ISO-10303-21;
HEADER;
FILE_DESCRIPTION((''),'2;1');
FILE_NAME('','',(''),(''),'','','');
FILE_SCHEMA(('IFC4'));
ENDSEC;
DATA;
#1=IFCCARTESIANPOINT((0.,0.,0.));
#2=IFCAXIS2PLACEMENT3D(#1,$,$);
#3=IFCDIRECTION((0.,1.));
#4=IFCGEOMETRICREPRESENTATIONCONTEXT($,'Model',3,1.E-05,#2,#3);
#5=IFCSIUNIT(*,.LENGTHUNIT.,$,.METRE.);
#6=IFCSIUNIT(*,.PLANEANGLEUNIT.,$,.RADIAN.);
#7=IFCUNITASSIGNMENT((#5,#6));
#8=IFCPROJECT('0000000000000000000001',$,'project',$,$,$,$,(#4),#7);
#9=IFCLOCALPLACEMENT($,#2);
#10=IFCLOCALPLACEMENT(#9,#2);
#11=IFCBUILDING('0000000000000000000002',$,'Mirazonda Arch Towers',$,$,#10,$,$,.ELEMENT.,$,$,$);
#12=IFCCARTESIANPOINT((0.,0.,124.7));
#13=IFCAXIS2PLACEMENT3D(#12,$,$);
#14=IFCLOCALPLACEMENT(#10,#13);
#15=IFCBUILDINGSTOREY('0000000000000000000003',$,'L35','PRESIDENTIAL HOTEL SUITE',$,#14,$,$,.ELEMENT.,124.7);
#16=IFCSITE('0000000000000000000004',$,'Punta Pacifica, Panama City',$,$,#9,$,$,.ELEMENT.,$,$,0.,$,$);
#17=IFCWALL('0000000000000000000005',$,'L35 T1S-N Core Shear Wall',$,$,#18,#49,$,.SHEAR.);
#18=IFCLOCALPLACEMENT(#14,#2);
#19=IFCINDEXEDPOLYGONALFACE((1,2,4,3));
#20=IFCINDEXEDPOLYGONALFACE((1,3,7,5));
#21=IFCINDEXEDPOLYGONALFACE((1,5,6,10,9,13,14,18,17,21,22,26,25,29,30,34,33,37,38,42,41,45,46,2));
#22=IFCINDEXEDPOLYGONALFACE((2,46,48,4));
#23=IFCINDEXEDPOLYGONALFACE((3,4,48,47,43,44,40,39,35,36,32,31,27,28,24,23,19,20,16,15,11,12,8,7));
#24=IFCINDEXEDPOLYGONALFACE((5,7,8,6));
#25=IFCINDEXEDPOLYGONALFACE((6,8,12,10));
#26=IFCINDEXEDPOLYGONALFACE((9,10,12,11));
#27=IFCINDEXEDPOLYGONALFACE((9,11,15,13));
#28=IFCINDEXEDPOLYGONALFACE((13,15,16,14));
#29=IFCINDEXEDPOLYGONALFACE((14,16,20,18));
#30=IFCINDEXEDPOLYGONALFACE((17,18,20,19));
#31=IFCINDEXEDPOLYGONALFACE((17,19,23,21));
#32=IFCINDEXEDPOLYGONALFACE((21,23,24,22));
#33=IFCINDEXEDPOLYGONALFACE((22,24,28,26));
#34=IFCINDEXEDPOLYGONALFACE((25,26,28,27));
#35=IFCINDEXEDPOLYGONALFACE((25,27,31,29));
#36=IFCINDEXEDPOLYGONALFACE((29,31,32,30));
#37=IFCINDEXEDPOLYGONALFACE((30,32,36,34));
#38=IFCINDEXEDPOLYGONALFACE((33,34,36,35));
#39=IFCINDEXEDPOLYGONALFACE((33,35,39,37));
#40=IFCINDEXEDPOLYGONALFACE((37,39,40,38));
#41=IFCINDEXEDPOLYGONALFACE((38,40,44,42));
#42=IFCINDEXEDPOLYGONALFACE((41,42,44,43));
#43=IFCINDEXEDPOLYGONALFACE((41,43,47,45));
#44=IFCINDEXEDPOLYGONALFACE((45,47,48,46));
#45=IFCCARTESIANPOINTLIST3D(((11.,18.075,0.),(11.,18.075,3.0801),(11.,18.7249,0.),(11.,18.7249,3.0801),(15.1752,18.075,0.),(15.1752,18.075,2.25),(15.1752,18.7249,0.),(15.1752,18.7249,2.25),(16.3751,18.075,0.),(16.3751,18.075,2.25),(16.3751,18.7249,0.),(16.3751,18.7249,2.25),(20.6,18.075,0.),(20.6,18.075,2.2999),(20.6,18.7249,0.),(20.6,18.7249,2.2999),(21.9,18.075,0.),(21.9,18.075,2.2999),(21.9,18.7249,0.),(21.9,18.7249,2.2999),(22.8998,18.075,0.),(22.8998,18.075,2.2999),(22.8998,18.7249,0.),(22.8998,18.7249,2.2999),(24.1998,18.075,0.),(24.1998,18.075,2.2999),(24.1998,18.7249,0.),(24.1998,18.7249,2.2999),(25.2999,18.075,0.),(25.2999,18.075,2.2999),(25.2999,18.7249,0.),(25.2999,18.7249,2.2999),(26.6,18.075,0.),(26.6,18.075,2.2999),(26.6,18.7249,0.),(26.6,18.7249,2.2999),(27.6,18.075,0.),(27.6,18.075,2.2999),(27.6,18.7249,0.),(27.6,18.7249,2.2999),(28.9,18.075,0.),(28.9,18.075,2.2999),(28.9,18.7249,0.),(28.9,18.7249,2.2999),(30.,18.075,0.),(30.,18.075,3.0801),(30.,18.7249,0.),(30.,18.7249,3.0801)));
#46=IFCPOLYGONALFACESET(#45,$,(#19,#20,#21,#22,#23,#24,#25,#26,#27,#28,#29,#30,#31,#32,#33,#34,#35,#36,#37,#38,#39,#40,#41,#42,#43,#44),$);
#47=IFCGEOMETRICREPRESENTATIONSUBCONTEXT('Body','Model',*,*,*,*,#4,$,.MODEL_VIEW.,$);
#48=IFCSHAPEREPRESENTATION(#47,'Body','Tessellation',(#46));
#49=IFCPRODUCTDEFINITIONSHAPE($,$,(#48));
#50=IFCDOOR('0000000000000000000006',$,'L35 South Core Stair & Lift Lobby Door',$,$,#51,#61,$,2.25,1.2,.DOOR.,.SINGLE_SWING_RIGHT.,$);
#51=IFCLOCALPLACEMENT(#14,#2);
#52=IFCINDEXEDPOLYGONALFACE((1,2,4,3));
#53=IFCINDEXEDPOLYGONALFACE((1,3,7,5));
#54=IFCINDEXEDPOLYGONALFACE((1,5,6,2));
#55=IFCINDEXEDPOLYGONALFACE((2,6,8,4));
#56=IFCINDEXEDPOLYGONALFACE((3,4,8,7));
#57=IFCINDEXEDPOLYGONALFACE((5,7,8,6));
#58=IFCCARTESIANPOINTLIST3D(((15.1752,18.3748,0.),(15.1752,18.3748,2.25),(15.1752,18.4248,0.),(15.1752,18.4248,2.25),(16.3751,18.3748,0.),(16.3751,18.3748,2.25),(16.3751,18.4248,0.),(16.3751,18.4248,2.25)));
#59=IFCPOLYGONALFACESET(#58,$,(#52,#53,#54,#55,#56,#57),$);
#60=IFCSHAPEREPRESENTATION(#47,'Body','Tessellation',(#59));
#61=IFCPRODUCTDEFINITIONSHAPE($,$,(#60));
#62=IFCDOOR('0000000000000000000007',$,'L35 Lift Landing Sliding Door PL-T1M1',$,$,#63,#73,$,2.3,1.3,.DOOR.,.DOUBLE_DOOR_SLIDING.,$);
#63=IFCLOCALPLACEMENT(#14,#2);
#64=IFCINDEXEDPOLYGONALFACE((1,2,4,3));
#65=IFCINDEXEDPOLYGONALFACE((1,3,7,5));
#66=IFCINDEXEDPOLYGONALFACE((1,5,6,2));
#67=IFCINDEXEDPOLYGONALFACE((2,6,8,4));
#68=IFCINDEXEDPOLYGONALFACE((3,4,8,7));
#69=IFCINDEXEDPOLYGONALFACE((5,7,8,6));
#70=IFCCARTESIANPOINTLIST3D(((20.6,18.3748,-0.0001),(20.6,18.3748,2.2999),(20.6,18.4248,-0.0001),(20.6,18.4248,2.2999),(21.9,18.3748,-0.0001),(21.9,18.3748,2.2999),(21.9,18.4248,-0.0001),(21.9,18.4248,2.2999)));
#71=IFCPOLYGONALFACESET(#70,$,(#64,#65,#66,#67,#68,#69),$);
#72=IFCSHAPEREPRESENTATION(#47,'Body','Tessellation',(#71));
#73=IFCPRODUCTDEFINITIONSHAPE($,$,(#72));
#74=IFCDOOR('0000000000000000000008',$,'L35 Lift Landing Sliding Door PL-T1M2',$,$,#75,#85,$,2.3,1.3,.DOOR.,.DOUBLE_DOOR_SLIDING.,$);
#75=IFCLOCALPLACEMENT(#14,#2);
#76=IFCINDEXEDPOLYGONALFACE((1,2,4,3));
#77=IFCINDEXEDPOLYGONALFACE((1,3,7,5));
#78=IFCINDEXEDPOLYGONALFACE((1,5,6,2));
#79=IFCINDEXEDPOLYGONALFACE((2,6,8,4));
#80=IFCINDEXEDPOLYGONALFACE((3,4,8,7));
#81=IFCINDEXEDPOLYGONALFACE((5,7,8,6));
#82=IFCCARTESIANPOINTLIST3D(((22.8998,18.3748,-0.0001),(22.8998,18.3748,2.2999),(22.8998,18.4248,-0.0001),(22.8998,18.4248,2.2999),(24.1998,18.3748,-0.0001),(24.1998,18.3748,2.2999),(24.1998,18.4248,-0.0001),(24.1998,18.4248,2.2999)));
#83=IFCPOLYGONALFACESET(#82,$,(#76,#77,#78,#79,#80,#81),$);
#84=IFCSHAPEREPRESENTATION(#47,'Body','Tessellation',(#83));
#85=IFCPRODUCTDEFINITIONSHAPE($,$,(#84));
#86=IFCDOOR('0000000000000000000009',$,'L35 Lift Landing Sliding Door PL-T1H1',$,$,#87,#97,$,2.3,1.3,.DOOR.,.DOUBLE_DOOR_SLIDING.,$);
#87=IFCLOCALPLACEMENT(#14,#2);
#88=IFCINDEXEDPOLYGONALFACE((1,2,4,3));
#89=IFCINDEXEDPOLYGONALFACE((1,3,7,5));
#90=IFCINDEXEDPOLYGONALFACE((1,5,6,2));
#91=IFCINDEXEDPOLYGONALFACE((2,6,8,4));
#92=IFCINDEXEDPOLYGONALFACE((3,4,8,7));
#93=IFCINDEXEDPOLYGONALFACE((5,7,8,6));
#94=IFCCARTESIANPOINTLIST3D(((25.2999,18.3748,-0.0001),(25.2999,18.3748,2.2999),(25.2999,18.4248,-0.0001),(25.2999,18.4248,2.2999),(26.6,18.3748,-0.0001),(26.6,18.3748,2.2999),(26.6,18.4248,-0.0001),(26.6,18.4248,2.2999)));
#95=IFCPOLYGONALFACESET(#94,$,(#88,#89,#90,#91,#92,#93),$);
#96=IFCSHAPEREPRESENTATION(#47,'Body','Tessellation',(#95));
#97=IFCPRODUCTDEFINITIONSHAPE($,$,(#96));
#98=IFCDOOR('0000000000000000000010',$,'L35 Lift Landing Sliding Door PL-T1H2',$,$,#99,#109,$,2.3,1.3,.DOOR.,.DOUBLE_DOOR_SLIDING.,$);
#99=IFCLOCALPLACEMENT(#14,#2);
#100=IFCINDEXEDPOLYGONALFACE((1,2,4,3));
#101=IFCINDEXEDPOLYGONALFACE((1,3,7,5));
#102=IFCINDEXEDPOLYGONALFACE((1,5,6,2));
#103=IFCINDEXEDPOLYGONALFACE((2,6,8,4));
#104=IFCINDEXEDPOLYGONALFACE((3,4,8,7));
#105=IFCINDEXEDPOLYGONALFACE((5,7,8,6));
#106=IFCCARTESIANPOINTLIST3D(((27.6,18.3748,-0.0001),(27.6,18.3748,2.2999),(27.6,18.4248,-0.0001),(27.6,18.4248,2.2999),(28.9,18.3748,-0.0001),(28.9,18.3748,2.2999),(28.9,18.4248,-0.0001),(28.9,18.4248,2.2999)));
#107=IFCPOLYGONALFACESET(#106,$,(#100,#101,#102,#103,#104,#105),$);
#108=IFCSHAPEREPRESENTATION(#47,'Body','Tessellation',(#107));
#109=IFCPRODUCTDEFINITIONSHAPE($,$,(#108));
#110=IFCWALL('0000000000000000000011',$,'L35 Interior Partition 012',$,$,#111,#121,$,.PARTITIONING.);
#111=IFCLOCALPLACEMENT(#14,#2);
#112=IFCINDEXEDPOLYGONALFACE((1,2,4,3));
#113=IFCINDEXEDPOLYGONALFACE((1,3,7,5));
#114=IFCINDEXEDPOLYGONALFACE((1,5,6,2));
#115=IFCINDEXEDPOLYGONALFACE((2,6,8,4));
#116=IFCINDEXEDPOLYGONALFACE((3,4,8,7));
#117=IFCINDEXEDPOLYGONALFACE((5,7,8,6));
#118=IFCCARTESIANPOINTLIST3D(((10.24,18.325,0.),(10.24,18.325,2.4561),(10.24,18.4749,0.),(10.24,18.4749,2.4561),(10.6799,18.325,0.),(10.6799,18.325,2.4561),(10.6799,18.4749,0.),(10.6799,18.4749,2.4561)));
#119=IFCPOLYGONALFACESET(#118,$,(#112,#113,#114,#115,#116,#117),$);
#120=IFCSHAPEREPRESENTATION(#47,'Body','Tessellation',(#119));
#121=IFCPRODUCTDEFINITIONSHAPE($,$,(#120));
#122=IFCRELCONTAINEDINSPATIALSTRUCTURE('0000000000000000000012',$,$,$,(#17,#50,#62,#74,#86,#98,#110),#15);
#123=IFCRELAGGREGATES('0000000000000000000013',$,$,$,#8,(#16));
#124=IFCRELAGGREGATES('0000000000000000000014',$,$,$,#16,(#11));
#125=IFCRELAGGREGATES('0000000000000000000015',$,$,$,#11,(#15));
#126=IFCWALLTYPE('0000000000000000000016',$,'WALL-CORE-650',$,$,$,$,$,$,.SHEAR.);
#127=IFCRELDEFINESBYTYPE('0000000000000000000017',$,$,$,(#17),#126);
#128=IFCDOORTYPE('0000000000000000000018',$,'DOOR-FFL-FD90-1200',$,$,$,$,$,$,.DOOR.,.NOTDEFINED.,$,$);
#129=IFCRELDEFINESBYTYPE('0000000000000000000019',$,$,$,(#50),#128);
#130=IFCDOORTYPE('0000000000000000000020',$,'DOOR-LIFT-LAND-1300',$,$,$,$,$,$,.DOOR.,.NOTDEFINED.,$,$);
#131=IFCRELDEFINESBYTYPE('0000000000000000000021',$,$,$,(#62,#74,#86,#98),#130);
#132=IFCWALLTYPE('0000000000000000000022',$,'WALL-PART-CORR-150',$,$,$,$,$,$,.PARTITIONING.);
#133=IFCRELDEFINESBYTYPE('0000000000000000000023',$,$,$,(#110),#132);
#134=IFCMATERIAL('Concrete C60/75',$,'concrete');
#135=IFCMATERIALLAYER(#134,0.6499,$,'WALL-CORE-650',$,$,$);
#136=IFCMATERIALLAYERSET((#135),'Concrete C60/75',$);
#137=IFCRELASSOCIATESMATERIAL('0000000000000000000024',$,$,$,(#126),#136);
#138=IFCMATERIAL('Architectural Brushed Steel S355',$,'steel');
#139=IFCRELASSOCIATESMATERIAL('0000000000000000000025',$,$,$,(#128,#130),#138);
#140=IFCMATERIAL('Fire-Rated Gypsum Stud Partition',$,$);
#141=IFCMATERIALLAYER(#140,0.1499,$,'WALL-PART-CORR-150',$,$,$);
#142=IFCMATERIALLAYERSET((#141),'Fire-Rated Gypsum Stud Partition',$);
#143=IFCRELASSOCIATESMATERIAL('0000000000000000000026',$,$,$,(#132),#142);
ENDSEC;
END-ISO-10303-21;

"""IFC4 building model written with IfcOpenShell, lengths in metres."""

from ifc_helpers import new_model, si_unit, direction, frame, frame_2d, origin, place, context, subcontext, project, spatial, rectangle, extrude, material, layer, layer_set, type_object, element, fill, save


model = new_model("IFC4")

# Units and contexts
model_context = context("Model", 3, precision=1e-05, world=origin(), true_north=direction((0.0, 1.0)))
body_context = subcontext(model_context, "Body", "Model", "MODEL_VIEW")
ifc_project = project(units=[si_unit("LENGTHUNIT", "METRE"), si_unit("PLANEANGLEUNIT", "RADIAN")], contexts=[model_context])

# Site, building, storey
site_placement = place(None, origin())
site = spatial("IfcSite", under=ifc_project, at=site_placement, Name="Punta Pacifica, Panama City", CompositionType="ELEMENT", RefElevation=0.0)
building_placement = place(site_placement, origin())
building = spatial("IfcBuilding", under=site, at=building_placement, Name="Mirazonda Arch Towers", CompositionType="ELEMENT")
storey_placement = place(building_placement, frame((0.0, 0.0, 124.7)))
storey = spatial("IfcBuildingStorey", under=building, at=storey_placement, Name="L35", Description="PRESIDENTIAL HOTEL SUITE", CompositionType="ELEMENT", Elevation=124.7)

# Shared definitions
ifc_material_1 = material(Name="Architectural Brushed Steel S355", Category="steel")

# Wall, openings, doors
ifc_material_2 = material(Name="Concrete C60/75", Category="concrete")
ifc_layer_1 = layer(ifc_material_2, 0.6499, Name="WALL-CORE-650")
ifc_layer_set_1 = layer_set([ifc_layer_1], Name="Concrete C60/75")
wall_type_1 = type_object("IfcWallType", Name="WALL-CORE-650", PredefinedType="SHEAR", material=ifc_layer_set_1)
wall_1_placement = place(storey_placement, frame((11.0, 18.3999, 0.0), z_axis=(0.0, 0.0, 1.0), x_axis=(1.0, 0.0, 0.0)))
wall_1 = element("IfcWall", 1, at=wall_1_placement, inside=storey, type_object=wall_type_1, Name="L35 T1S-N Core Shear Wall", PredefinedType="SHEAR", context=body_context, shape_type="SweptSolid", body=[
    extrude(rectangle(XDim=19.0, YDim=0.6499, at=frame_2d((9.5, 0.0))), origin(), (0.0, 0.0, 1.0), 3.0801),
])
opening_1_placement = place(wall_1_placement, frame((4.175, 0.0, 0.0)))
opening_1 = element("IfcOpeningElement", 2, at=opening_1_placement, cuts=wall_1, PredefinedType="OPENING", context=body_context, shape_type="SweptSolid", body=[
    extrude(rectangle(XDim=1.2, YDim=2.25, at=frame_2d((0.6001, 1.125))), frame((0.0, 0.335, 0.0), z_axis=(0.0, -1.0, 0.0), x_axis=(1.0, 0.0, 0.0)), (0.0, 0.0, 1.0), 0.6699),
])
opening_2_placement = place(wall_1_placement, frame((9.6001, 0.0, 0.0)))
opening_2 = element("IfcOpeningElement", 3, at=opening_2_placement, cuts=wall_1, PredefinedType="OPENING", context=body_context, shape_type="SweptSolid", body=[
    extrude(rectangle(XDim=1.3, YDim=2.3, at=frame_2d((0.6499, 1.1499))), frame((0.0, 0.335, 0.0), z_axis=(0.0, -1.0, 0.0), x_axis=(1.0, 0.0, 0.0)), (0.0, 0.0, 1.0), 0.6699),
])
opening_3_placement = place(wall_1_placement, frame((11.8999, 0.0, 0.0)))
opening_3 = element("IfcOpeningElement", 4, at=opening_3_placement, cuts=wall_1, PredefinedType="OPENING", context=body_context, shape_type="SweptSolid", body=[
    extrude(rectangle(XDim=1.3, YDim=2.3, at=frame_2d((0.6499, 1.1499))), frame((0.0, 0.335, 0.0), z_axis=(0.0, -1.0, 0.0), x_axis=(1.0, 0.0, 0.0)), (0.0, 0.0, 1.0), 0.6699),
])
opening_4_placement = place(wall_1_placement, frame((14.3, 0.0, 0.0)))
opening_4 = element("IfcOpeningElement", 5, at=opening_4_placement, cuts=wall_1, PredefinedType="OPENING", context=body_context, shape_type="SweptSolid", body=[
    extrude(rectangle(XDim=1.3, YDim=2.3, at=frame_2d((0.6499, 1.1499))), frame((0.0, 0.335, 0.0), z_axis=(0.0, -1.0, 0.0), x_axis=(1.0, 0.0, 0.0)), (0.0, 0.0, 1.0), 0.6699),
])
opening_5_placement = place(wall_1_placement, frame((16.6001, 0.0, 0.0)))
opening_5 = element("IfcOpeningElement", 6, at=opening_5_placement, cuts=wall_1, PredefinedType="OPENING", context=body_context, shape_type="SweptSolid", body=[
    extrude(rectangle(XDim=1.3, YDim=2.3, at=frame_2d((0.6499, 1.1499))), frame((0.0, 0.335, 0.0), z_axis=(0.0, -1.0, 0.0), x_axis=(1.0, 0.0, 0.0)), (0.0, 0.0, 1.0), 0.6699),
])
door_type_1 = type_object("IfcDoorType", Name="DOOR-FFL-FD90-1200", OperationType="NOTDEFINED", PredefinedType="DOOR", material=ifc_material_1)
door_1_placement = place(opening_1_placement, origin())
door_1 = element("IfcDoor", 7, at=door_1_placement, inside=storey, type_object=door_type_1, Name="L35 South Core Stair & Lift Lobby Door", OperationType="SINGLE_SWING_RIGHT", OverallHeight=2.25, OverallWidth=1.2, PredefinedType="DOOR", context=body_context, shape_type="SweptSolid", body=[
    extrude(rectangle(XDim=1.2, YDim=2.25, at=frame_2d((0.6001, 1.125))), frame((0.0, 0.0249, 0.0), z_axis=(0.0, -1.0, 0.0), x_axis=(1.0, 0.0, 0.0)), (0.0, 0.0, 1.0), 0.05),
])
fill(opening_1, door_1)
door_type_2 = type_object("IfcDoorType", Name="DOOR-LIFT-LAND-1300", OperationType="NOTDEFINED", PredefinedType="DOOR", material=ifc_material_1)
door_2_placement = place(opening_2_placement, origin())
door_2 = element("IfcDoor", 8, at=door_2_placement, inside=storey, type_object=door_type_2, Name="L35 Lift Landing Sliding Door PL-T1M1", OperationType="DOUBLE_DOOR_SLIDING", OverallHeight=2.3, OverallWidth=1.3, PredefinedType="DOOR", context=body_context, shape_type="SweptSolid", body=[
    extrude(rectangle(XDim=1.3, YDim=2.3, at=frame_2d((0.6499, 1.1499))), frame((0.0, 0.0249, 0.0), z_axis=(0.0, -1.0, 0.0), x_axis=(1.0, 0.0, 0.0)), (0.0, 0.0, 1.0), 0.05),
])
fill(opening_2, door_2)
door_3_placement = place(opening_3_placement, origin())
door_3 = element("IfcDoor", 9, at=door_3_placement, inside=storey, type_object=door_type_2, Name="L35 Lift Landing Sliding Door PL-T1M2", OperationType="DOUBLE_DOOR_SLIDING", OverallHeight=2.3, OverallWidth=1.3, PredefinedType="DOOR", context=body_context, shape_type="SweptSolid", body=[
    extrude(rectangle(XDim=1.3, YDim=2.3, at=frame_2d((0.6499, 1.1499))), frame((0.0, 0.0249, 0.0), z_axis=(0.0, -1.0, 0.0), x_axis=(1.0, 0.0, 0.0)), (0.0, 0.0, 1.0), 0.05),
])
fill(opening_3, door_3)
door_4_placement = place(opening_4_placement, origin())
door_4 = element("IfcDoor", 10, at=door_4_placement, inside=storey, type_object=door_type_2, Name="L35 Lift Landing Sliding Door PL-T1H1", OperationType="DOUBLE_DOOR_SLIDING", OverallHeight=2.3, OverallWidth=1.3, PredefinedType="DOOR", context=body_context, shape_type="SweptSolid", body=[
    extrude(rectangle(XDim=1.3, YDim=2.3, at=frame_2d((0.6499, 1.1499))), frame((0.0, 0.0249, 0.0), z_axis=(0.0, -1.0, 0.0), x_axis=(1.0, 0.0, 0.0)), (0.0, 0.0, 1.0), 0.05),
])
fill(opening_4, door_4)
door_5_placement = place(opening_5_placement, origin())
door_5 = element("IfcDoor", 11, at=door_5_placement, inside=storey, type_object=door_type_2, Name="L35 Lift Landing Sliding Door PL-T1H2", OperationType="DOUBLE_DOOR_SLIDING", OverallHeight=2.3, OverallWidth=1.3, PredefinedType="DOOR", context=body_context, shape_type="SweptSolid", body=[
    extrude(rectangle(XDim=1.3, YDim=2.3, at=frame_2d((0.6499, 1.1499))), frame((0.0, 0.0249, 0.0), z_axis=(0.0, -1.0, 0.0), x_axis=(1.0, 0.0, 0.0)), (0.0, 0.0, 1.0), 0.05),
])
fill(opening_5, door_5)

# Wall
ifc_material_3 = material(Name="Fire-Rated Gypsum Stud Partition")
ifc_layer_2 = layer(ifc_material_3, 0.1499, Name="WALL-PART-CORR-150")
ifc_layer_set_2 = layer_set([ifc_layer_2], Name="Fire-Rated Gypsum Stud Partition")
wall_type_2 = type_object("IfcWallType", Name="WALL-PART-CORR-150", PredefinedType="PARTITIONING", material=ifc_layer_set_2)
wall_2_placement = place(storey_placement, frame((10.24, 18.3999, 0.0), z_axis=(0.0, 0.0, 1.0), x_axis=(1.0, 0.0, 0.0)))
element("IfcWall", 12, at=wall_2_placement, inside=storey, type_object=wall_type_2, Name="L35 Interior Partition 012", PredefinedType="PARTITIONING", context=body_context, shape_type="SweptSolid", body=[
    extrude(rectangle(XDim=0.4399, YDim=0.1499, at=frame_2d((0.22, 0.0))), origin(), (0.0, 0.0, 1.0), 2.4561),
])

save(model, "model.ifc")
